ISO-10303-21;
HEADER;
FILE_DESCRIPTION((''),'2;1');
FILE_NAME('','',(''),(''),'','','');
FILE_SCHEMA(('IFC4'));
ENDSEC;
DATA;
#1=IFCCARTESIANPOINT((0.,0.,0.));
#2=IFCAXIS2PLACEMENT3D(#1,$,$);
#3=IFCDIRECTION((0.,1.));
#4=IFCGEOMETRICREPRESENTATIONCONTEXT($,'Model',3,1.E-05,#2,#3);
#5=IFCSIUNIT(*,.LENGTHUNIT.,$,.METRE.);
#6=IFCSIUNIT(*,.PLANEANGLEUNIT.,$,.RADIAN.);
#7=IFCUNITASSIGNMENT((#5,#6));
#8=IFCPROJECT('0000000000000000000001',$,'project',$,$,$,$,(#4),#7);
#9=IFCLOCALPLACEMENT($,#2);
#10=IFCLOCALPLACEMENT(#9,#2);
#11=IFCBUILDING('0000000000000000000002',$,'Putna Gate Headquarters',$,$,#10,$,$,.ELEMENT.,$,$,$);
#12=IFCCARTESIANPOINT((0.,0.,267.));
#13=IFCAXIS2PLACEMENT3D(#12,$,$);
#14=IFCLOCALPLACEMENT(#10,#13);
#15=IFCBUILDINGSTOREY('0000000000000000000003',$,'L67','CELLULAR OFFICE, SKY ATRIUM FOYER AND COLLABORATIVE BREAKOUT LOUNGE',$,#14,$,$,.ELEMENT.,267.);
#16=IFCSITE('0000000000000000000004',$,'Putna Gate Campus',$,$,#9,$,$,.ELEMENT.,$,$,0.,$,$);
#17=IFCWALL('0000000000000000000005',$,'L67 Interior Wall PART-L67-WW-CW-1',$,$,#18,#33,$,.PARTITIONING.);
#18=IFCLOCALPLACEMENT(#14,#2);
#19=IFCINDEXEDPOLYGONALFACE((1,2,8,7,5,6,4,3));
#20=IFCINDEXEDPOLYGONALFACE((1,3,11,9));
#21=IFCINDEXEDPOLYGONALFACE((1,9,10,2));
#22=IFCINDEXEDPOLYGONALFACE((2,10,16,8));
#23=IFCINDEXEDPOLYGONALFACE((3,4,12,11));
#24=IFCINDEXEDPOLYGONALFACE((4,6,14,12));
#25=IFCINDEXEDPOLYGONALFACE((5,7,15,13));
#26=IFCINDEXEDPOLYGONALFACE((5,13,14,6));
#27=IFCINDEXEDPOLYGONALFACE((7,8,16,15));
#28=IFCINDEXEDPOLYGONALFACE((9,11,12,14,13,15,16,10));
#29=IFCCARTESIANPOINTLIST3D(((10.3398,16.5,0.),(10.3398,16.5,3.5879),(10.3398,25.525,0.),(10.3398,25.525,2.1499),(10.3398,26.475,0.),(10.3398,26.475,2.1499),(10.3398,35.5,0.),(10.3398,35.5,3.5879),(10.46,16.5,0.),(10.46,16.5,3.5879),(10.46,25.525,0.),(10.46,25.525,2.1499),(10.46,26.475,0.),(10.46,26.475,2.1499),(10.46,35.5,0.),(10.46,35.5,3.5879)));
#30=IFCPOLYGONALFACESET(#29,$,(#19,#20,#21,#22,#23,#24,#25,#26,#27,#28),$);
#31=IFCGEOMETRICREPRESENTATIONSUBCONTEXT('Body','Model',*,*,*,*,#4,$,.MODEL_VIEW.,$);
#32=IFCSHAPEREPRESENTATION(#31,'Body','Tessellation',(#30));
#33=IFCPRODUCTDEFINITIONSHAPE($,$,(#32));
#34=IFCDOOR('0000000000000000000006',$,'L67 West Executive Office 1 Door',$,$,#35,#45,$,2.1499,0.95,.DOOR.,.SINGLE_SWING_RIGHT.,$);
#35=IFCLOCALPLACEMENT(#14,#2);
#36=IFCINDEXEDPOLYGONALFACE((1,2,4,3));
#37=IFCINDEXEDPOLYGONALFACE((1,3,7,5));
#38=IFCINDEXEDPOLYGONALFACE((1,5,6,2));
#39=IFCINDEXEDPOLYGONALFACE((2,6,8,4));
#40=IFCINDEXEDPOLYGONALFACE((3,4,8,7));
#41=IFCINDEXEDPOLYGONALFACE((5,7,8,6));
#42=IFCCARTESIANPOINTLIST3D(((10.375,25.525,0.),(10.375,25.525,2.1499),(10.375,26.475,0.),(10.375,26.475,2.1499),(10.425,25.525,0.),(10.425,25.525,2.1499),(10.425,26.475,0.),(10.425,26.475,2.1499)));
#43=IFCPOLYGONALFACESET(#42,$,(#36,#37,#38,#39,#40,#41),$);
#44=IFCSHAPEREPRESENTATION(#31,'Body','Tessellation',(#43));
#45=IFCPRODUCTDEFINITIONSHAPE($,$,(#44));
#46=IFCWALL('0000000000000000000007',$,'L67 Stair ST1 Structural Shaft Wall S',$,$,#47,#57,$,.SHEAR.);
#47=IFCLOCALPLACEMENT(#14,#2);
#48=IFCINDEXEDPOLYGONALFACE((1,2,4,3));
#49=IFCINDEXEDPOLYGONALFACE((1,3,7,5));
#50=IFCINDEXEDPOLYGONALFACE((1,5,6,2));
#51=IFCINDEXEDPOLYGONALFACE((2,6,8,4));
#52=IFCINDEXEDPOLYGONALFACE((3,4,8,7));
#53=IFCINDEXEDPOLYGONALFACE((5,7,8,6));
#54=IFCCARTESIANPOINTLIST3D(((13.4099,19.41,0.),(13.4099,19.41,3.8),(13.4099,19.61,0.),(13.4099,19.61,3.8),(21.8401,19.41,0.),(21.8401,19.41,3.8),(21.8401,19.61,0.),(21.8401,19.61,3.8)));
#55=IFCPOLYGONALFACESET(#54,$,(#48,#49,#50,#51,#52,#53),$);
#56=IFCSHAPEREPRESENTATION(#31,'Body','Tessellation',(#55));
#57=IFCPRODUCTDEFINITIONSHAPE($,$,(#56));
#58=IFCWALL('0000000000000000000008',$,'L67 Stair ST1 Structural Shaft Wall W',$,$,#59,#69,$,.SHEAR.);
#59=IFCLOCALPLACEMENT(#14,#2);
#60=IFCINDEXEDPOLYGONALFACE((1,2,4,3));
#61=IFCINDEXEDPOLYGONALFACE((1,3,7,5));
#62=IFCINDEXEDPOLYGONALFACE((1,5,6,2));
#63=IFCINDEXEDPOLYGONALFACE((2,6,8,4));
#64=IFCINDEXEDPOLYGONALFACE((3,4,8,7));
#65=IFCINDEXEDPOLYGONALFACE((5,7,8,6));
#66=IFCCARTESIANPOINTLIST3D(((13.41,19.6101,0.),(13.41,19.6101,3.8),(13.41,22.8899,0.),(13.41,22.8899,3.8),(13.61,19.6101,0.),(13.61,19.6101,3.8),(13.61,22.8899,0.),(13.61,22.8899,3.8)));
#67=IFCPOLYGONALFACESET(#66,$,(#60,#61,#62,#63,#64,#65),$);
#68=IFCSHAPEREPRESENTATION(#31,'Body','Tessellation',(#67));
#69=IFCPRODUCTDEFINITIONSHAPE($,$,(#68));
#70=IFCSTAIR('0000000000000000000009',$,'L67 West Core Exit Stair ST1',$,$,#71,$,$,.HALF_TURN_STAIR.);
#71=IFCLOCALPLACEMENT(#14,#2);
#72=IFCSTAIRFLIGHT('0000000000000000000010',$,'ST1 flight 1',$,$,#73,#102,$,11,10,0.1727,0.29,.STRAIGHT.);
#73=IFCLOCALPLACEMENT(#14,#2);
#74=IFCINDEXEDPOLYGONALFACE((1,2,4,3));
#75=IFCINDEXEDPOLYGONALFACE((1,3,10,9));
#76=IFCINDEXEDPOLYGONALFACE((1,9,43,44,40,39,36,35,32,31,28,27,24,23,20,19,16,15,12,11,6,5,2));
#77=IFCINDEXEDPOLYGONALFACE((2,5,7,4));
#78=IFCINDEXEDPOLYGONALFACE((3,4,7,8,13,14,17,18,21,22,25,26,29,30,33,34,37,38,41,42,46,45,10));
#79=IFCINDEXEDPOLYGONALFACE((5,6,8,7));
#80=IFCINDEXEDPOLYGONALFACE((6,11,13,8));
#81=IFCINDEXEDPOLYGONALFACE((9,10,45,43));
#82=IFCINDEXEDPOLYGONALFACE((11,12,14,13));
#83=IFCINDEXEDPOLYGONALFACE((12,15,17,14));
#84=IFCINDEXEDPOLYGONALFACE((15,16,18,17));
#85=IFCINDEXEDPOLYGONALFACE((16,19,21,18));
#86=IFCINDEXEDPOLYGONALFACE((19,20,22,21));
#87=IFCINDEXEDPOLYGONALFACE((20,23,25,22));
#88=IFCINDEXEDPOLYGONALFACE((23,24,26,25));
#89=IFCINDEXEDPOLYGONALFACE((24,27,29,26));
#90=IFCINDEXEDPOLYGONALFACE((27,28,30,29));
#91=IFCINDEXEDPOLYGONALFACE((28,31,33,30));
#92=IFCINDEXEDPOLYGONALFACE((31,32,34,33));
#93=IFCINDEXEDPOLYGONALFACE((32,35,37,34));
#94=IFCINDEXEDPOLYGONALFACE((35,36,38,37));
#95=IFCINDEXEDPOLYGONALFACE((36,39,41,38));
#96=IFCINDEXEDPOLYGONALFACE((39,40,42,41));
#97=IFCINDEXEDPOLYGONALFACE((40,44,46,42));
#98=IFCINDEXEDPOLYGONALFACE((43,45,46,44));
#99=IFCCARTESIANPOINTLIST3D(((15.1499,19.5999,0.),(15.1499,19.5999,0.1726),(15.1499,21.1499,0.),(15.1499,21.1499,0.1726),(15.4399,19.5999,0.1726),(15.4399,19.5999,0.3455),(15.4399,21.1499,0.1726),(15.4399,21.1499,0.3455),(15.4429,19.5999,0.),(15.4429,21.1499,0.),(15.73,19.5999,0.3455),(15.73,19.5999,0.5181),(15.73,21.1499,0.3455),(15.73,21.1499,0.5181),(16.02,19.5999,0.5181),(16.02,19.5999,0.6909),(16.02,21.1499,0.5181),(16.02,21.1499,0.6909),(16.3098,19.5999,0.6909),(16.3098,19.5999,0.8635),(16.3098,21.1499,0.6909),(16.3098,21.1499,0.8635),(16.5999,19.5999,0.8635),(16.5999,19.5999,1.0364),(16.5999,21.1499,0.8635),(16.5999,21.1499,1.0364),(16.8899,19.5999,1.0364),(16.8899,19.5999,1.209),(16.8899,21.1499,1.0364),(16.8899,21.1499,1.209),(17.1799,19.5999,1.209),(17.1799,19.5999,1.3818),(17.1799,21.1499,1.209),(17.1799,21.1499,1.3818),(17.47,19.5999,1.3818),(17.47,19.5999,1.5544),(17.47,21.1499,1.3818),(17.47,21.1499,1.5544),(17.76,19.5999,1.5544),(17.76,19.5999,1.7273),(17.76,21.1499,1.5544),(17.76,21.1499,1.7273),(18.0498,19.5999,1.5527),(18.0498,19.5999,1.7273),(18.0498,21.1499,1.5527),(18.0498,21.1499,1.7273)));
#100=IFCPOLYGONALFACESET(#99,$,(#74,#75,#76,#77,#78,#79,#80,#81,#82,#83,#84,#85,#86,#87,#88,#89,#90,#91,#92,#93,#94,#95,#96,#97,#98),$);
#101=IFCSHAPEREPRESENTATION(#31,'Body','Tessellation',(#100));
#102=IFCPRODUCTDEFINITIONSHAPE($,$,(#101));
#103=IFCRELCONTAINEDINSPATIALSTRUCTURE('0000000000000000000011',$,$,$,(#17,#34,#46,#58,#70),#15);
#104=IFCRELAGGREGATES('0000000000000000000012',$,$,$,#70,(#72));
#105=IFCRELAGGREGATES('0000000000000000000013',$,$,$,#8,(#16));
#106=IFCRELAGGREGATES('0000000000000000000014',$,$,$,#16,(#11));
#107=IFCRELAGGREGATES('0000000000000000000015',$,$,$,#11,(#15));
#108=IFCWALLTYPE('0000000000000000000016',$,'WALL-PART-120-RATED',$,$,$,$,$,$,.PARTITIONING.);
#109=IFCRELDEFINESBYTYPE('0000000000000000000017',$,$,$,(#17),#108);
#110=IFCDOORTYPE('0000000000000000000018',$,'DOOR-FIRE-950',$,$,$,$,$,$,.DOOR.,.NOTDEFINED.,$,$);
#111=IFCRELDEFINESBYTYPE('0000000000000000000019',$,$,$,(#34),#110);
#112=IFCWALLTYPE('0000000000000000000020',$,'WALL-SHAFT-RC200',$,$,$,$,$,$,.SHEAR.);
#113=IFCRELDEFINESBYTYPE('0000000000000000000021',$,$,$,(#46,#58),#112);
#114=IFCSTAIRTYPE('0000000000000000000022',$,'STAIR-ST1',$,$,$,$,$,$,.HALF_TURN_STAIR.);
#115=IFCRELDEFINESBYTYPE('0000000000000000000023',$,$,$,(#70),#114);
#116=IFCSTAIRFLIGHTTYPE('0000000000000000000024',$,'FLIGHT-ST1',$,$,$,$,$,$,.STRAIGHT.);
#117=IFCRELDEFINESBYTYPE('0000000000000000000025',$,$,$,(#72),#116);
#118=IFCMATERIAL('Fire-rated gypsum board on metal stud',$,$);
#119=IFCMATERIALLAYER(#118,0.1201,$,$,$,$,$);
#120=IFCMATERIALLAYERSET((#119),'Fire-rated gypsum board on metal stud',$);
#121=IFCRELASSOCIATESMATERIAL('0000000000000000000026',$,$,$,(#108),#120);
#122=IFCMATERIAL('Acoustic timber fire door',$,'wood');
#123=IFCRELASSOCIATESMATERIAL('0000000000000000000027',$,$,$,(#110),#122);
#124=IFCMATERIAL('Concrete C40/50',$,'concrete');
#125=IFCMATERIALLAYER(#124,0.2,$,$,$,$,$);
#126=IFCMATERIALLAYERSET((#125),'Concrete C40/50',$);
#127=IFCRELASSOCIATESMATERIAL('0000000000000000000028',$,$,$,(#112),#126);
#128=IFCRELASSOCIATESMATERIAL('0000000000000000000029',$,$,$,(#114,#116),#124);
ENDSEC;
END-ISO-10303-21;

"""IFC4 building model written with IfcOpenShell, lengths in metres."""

from ifc_helpers import new_model, si_unit, direction, frame, frame_2d, origin, place, context, subcontext, project, spatial, polyline, rectangle, outline, extrude, material, layer, layer_set, type_object, element, fill, aggregate, save


model = new_model("IFC4")

# Units and contexts
model_context = context("Model", 3, precision=1e-05, world=origin(), true_north=direction((0.0, 1.0)))
body_context = subcontext(model_context, "Body", "Model", "MODEL_VIEW")
ifc_project = project(units=[si_unit("LENGTHUNIT", "METRE"), si_unit("PLANEANGLEUNIT", "RADIAN")], contexts=[model_context])

# Site, building, storey
site_placement = place(None, origin())
site = spatial("IfcSite", under=ifc_project, at=site_placement, Name="Putna Gate Campus", CompositionType="ELEMENT", RefElevation=0.0)
building_placement = place(site_placement, origin())
building = spatial("IfcBuilding", under=site, at=building_placement, Name="Putna Gate Headquarters", CompositionType="ELEMENT")
storey_placement = place(building_placement, frame((0.0, 0.0, 267.0)))
storey = spatial("IfcBuildingStorey", under=building, at=storey_placement, Name="L67", Description="CELLULAR OFFICE, SKY ATRIUM FOYER AND COLLABORATIVE BREAKOUT LOUNGE", CompositionType="ELEMENT", Elevation=267.0)

# Shared definitions
ifc_material_1 = material(Name="Fire-rated gypsum board on metal stud")
ifc_layer_1 = layer(ifc_material_1, 0.1201)
ifc_layer_set_1 = layer_set([ifc_layer_1], Name="Fire-rated gypsum board on metal stud")
wall_type_1 = type_object("IfcWallType", Name="WALL-PART-120-RATED", PredefinedType="PARTITIONING", material=ifc_layer_set_1)
ifc_material_2 = material(Name="Acoustic timber fire door", Category="wood")
door_type_1 = type_object("IfcDoorType", Name="DOOR-FIRE-950", OperationType="NOTDEFINED", PredefinedType="DOOR", material=ifc_material_2)

# Wall, opening, door
wall_1_placement = place(storey_placement, frame((10.3999, 16.5, 0.0), z_axis=(0.0, 0.0, 1.0), x_axis=(0.0, 1.0, 0.0)))
wall_1 = element("IfcWall", 1, at=wall_1_placement, inside=storey, type_object=wall_type_1, Name="L67 Interior Wall PART-L67-WW-CW-1", PredefinedType="PARTITIONING", context=body_context, shape_type="SweptSolid", body=[
    extrude(rectangle(XDim=19.0, YDim=0.1201, at=frame_2d((9.5, 0.0))), origin(), (0.0, 0.0, 1.0), 3.5879),
])
opening_1_placement = place(wall_1_placement, frame((9.0249, 0.0, 0.0)))
opening_1 = element("IfcOpeningElement", 2, at=opening_1_placement, cuts=wall_1, PredefinedType="OPENING", context=body_context, shape_type="SweptSolid", body=[
    extrude(rectangle(XDim=0.95, YDim=2.1499, at=frame_2d((0.4751, 1.075))), frame((0.0, 0.0701, 0.0), z_axis=(0.0, -1.0, 0.0), x_axis=(1.0, 0.0, 0.0)), (0.0, 0.0, 1.0), 0.1401),
])
door_1_placement = place(opening_1_placement, origin())
door_1 = element("IfcDoor", 3, at=door_1_placement, inside=storey, type_object=door_type_1, Name="L67 West Executive Office 1 Door", OperationType="SINGLE_SWING_RIGHT", OverallHeight=2.1499, OverallWidth=0.95, PredefinedType="DOOR", context=body_context, shape_type="SweptSolid", body=[
    extrude(rectangle(XDim=0.95, YDim=2.1499, at=frame_2d((0.4751, 1.075))), frame((0.0, 0.0249, 0.0), z_axis=(0.0, -1.0, 0.0), x_axis=(1.0, 0.0, 0.0)), (0.0, 0.0, 1.0), 0.05),
])
fill(opening_1, door_1)

# Walls
ifc_material_3 = material(Name="Concrete C40/50", Category="concrete")
ifc_layer_2 = layer(ifc_material_3, 0.2)
ifc_layer_set_2 = layer_set([ifc_layer_2], Name="Concrete C40/50")
wall_type_2 = type_object("IfcWallType", Name="WALL-SHAFT-RC200", PredefinedType="SHEAR", material=ifc_layer_set_2)
wall_2_placement = place(storey_placement, frame((13.4099, 19.51, 0.0), z_axis=(0.0, 0.0, 1.0), x_axis=(1.0, 0.0, 0.0)))
element("IfcWall", 4, at=wall_2_placement, inside=storey, type_object=wall_type_2, Name="L67 Stair ST1 Structural Shaft Wall S", PredefinedType="SHEAR", context=body_context, shape_type="SweptSolid", body=[
    extrude(rectangle(XDim=8.4302, YDim=0.2, at=frame_2d((4.2151, 0.0))), origin(), (0.0, 0.0, 1.0), 3.8),
])
wall_3_placement = place(storey_placement, frame((13.51, 19.6101, 0.0), z_axis=(0.0, 0.0, 1.0), x_axis=(0.0, 1.0, 0.0)))
element("IfcWall", 5, at=wall_3_placement, inside=storey, type_object=wall_type_2, Name="L67 Stair ST1 Structural Shaft Wall W", PredefinedType="SHEAR", context=body_context, shape_type="SweptSolid", body=[
    extrude(rectangle(XDim=3.2798, YDim=0.2, at=frame_2d((1.6399, 0.0))), origin(), (0.0, 0.0, 1.0), 3.8),
])

# Stair, stair flight
stair_type = type_object("IfcStairType", Name="STAIR-ST1", PredefinedType="HALF_TURN_STAIR", material=ifc_material_3)
stair_placement = place(storey_placement, origin())
stair = element("IfcStair", 6, at=stair_placement, inside=storey, type_object=stair_type, Name="L67 West Core Exit Stair ST1", PredefinedType="HALF_TURN_STAIR")
stair_flight_type = type_object("IfcStairFlightType", Name="FLIGHT-ST1", PredefinedType="STRAIGHT", material=ifc_material_3)
stair_flight_placement = place(storey_placement, frame((15.1499, 20.375, 0.0), z_axis=(0.0, 0.0, 1.0), x_axis=(1.0, 0.0, 0.0)))
stair_flight = element("IfcStairFlight", 7, at=stair_flight_placement, type_object=stair_flight_type, Name="ST1 flight 1", NumberOfRisers=11, NumberOfTreads=10, PredefinedType="STRAIGHT", RiserHeight=0.1727, TreadLength=0.29, context=body_context, shape_type="SweptSolid", body=[
    extrude(outline(polyline([(0.0, 0.0), (0.0, 0.1726), (0.29, 0.1726), (0.29, 0.3455), (0.5801, 0.3455), (0.5801, 0.5181), (0.8701, 0.5181), (0.8701, 0.6909), (1.1599, 0.6909), (1.1599, 0.8635), (1.45, 0.8635), (1.45, 1.0364), (1.74, 1.0364), (1.74, 1.209), (2.03, 1.209), (2.03, 1.3818), (2.3201, 1.3818), (2.3201, 1.5544), (2.6101, 1.5544), (2.6101, 1.7273), (2.8999, 1.7273), (2.8999, 1.8999), (2.8999, 1.5527), (0.293, 0.0), (0.0, 0.0)])), frame((0.0, 0.7749, 0.0), z_axis=(0.0, -1.0, 0.0), x_axis=(1.0, 0.0, 0.0)), (0.0, 0.0, 1.0), 1.55),
])
aggregate(stair, [stair_flight])

save(model, "model.ifc")
